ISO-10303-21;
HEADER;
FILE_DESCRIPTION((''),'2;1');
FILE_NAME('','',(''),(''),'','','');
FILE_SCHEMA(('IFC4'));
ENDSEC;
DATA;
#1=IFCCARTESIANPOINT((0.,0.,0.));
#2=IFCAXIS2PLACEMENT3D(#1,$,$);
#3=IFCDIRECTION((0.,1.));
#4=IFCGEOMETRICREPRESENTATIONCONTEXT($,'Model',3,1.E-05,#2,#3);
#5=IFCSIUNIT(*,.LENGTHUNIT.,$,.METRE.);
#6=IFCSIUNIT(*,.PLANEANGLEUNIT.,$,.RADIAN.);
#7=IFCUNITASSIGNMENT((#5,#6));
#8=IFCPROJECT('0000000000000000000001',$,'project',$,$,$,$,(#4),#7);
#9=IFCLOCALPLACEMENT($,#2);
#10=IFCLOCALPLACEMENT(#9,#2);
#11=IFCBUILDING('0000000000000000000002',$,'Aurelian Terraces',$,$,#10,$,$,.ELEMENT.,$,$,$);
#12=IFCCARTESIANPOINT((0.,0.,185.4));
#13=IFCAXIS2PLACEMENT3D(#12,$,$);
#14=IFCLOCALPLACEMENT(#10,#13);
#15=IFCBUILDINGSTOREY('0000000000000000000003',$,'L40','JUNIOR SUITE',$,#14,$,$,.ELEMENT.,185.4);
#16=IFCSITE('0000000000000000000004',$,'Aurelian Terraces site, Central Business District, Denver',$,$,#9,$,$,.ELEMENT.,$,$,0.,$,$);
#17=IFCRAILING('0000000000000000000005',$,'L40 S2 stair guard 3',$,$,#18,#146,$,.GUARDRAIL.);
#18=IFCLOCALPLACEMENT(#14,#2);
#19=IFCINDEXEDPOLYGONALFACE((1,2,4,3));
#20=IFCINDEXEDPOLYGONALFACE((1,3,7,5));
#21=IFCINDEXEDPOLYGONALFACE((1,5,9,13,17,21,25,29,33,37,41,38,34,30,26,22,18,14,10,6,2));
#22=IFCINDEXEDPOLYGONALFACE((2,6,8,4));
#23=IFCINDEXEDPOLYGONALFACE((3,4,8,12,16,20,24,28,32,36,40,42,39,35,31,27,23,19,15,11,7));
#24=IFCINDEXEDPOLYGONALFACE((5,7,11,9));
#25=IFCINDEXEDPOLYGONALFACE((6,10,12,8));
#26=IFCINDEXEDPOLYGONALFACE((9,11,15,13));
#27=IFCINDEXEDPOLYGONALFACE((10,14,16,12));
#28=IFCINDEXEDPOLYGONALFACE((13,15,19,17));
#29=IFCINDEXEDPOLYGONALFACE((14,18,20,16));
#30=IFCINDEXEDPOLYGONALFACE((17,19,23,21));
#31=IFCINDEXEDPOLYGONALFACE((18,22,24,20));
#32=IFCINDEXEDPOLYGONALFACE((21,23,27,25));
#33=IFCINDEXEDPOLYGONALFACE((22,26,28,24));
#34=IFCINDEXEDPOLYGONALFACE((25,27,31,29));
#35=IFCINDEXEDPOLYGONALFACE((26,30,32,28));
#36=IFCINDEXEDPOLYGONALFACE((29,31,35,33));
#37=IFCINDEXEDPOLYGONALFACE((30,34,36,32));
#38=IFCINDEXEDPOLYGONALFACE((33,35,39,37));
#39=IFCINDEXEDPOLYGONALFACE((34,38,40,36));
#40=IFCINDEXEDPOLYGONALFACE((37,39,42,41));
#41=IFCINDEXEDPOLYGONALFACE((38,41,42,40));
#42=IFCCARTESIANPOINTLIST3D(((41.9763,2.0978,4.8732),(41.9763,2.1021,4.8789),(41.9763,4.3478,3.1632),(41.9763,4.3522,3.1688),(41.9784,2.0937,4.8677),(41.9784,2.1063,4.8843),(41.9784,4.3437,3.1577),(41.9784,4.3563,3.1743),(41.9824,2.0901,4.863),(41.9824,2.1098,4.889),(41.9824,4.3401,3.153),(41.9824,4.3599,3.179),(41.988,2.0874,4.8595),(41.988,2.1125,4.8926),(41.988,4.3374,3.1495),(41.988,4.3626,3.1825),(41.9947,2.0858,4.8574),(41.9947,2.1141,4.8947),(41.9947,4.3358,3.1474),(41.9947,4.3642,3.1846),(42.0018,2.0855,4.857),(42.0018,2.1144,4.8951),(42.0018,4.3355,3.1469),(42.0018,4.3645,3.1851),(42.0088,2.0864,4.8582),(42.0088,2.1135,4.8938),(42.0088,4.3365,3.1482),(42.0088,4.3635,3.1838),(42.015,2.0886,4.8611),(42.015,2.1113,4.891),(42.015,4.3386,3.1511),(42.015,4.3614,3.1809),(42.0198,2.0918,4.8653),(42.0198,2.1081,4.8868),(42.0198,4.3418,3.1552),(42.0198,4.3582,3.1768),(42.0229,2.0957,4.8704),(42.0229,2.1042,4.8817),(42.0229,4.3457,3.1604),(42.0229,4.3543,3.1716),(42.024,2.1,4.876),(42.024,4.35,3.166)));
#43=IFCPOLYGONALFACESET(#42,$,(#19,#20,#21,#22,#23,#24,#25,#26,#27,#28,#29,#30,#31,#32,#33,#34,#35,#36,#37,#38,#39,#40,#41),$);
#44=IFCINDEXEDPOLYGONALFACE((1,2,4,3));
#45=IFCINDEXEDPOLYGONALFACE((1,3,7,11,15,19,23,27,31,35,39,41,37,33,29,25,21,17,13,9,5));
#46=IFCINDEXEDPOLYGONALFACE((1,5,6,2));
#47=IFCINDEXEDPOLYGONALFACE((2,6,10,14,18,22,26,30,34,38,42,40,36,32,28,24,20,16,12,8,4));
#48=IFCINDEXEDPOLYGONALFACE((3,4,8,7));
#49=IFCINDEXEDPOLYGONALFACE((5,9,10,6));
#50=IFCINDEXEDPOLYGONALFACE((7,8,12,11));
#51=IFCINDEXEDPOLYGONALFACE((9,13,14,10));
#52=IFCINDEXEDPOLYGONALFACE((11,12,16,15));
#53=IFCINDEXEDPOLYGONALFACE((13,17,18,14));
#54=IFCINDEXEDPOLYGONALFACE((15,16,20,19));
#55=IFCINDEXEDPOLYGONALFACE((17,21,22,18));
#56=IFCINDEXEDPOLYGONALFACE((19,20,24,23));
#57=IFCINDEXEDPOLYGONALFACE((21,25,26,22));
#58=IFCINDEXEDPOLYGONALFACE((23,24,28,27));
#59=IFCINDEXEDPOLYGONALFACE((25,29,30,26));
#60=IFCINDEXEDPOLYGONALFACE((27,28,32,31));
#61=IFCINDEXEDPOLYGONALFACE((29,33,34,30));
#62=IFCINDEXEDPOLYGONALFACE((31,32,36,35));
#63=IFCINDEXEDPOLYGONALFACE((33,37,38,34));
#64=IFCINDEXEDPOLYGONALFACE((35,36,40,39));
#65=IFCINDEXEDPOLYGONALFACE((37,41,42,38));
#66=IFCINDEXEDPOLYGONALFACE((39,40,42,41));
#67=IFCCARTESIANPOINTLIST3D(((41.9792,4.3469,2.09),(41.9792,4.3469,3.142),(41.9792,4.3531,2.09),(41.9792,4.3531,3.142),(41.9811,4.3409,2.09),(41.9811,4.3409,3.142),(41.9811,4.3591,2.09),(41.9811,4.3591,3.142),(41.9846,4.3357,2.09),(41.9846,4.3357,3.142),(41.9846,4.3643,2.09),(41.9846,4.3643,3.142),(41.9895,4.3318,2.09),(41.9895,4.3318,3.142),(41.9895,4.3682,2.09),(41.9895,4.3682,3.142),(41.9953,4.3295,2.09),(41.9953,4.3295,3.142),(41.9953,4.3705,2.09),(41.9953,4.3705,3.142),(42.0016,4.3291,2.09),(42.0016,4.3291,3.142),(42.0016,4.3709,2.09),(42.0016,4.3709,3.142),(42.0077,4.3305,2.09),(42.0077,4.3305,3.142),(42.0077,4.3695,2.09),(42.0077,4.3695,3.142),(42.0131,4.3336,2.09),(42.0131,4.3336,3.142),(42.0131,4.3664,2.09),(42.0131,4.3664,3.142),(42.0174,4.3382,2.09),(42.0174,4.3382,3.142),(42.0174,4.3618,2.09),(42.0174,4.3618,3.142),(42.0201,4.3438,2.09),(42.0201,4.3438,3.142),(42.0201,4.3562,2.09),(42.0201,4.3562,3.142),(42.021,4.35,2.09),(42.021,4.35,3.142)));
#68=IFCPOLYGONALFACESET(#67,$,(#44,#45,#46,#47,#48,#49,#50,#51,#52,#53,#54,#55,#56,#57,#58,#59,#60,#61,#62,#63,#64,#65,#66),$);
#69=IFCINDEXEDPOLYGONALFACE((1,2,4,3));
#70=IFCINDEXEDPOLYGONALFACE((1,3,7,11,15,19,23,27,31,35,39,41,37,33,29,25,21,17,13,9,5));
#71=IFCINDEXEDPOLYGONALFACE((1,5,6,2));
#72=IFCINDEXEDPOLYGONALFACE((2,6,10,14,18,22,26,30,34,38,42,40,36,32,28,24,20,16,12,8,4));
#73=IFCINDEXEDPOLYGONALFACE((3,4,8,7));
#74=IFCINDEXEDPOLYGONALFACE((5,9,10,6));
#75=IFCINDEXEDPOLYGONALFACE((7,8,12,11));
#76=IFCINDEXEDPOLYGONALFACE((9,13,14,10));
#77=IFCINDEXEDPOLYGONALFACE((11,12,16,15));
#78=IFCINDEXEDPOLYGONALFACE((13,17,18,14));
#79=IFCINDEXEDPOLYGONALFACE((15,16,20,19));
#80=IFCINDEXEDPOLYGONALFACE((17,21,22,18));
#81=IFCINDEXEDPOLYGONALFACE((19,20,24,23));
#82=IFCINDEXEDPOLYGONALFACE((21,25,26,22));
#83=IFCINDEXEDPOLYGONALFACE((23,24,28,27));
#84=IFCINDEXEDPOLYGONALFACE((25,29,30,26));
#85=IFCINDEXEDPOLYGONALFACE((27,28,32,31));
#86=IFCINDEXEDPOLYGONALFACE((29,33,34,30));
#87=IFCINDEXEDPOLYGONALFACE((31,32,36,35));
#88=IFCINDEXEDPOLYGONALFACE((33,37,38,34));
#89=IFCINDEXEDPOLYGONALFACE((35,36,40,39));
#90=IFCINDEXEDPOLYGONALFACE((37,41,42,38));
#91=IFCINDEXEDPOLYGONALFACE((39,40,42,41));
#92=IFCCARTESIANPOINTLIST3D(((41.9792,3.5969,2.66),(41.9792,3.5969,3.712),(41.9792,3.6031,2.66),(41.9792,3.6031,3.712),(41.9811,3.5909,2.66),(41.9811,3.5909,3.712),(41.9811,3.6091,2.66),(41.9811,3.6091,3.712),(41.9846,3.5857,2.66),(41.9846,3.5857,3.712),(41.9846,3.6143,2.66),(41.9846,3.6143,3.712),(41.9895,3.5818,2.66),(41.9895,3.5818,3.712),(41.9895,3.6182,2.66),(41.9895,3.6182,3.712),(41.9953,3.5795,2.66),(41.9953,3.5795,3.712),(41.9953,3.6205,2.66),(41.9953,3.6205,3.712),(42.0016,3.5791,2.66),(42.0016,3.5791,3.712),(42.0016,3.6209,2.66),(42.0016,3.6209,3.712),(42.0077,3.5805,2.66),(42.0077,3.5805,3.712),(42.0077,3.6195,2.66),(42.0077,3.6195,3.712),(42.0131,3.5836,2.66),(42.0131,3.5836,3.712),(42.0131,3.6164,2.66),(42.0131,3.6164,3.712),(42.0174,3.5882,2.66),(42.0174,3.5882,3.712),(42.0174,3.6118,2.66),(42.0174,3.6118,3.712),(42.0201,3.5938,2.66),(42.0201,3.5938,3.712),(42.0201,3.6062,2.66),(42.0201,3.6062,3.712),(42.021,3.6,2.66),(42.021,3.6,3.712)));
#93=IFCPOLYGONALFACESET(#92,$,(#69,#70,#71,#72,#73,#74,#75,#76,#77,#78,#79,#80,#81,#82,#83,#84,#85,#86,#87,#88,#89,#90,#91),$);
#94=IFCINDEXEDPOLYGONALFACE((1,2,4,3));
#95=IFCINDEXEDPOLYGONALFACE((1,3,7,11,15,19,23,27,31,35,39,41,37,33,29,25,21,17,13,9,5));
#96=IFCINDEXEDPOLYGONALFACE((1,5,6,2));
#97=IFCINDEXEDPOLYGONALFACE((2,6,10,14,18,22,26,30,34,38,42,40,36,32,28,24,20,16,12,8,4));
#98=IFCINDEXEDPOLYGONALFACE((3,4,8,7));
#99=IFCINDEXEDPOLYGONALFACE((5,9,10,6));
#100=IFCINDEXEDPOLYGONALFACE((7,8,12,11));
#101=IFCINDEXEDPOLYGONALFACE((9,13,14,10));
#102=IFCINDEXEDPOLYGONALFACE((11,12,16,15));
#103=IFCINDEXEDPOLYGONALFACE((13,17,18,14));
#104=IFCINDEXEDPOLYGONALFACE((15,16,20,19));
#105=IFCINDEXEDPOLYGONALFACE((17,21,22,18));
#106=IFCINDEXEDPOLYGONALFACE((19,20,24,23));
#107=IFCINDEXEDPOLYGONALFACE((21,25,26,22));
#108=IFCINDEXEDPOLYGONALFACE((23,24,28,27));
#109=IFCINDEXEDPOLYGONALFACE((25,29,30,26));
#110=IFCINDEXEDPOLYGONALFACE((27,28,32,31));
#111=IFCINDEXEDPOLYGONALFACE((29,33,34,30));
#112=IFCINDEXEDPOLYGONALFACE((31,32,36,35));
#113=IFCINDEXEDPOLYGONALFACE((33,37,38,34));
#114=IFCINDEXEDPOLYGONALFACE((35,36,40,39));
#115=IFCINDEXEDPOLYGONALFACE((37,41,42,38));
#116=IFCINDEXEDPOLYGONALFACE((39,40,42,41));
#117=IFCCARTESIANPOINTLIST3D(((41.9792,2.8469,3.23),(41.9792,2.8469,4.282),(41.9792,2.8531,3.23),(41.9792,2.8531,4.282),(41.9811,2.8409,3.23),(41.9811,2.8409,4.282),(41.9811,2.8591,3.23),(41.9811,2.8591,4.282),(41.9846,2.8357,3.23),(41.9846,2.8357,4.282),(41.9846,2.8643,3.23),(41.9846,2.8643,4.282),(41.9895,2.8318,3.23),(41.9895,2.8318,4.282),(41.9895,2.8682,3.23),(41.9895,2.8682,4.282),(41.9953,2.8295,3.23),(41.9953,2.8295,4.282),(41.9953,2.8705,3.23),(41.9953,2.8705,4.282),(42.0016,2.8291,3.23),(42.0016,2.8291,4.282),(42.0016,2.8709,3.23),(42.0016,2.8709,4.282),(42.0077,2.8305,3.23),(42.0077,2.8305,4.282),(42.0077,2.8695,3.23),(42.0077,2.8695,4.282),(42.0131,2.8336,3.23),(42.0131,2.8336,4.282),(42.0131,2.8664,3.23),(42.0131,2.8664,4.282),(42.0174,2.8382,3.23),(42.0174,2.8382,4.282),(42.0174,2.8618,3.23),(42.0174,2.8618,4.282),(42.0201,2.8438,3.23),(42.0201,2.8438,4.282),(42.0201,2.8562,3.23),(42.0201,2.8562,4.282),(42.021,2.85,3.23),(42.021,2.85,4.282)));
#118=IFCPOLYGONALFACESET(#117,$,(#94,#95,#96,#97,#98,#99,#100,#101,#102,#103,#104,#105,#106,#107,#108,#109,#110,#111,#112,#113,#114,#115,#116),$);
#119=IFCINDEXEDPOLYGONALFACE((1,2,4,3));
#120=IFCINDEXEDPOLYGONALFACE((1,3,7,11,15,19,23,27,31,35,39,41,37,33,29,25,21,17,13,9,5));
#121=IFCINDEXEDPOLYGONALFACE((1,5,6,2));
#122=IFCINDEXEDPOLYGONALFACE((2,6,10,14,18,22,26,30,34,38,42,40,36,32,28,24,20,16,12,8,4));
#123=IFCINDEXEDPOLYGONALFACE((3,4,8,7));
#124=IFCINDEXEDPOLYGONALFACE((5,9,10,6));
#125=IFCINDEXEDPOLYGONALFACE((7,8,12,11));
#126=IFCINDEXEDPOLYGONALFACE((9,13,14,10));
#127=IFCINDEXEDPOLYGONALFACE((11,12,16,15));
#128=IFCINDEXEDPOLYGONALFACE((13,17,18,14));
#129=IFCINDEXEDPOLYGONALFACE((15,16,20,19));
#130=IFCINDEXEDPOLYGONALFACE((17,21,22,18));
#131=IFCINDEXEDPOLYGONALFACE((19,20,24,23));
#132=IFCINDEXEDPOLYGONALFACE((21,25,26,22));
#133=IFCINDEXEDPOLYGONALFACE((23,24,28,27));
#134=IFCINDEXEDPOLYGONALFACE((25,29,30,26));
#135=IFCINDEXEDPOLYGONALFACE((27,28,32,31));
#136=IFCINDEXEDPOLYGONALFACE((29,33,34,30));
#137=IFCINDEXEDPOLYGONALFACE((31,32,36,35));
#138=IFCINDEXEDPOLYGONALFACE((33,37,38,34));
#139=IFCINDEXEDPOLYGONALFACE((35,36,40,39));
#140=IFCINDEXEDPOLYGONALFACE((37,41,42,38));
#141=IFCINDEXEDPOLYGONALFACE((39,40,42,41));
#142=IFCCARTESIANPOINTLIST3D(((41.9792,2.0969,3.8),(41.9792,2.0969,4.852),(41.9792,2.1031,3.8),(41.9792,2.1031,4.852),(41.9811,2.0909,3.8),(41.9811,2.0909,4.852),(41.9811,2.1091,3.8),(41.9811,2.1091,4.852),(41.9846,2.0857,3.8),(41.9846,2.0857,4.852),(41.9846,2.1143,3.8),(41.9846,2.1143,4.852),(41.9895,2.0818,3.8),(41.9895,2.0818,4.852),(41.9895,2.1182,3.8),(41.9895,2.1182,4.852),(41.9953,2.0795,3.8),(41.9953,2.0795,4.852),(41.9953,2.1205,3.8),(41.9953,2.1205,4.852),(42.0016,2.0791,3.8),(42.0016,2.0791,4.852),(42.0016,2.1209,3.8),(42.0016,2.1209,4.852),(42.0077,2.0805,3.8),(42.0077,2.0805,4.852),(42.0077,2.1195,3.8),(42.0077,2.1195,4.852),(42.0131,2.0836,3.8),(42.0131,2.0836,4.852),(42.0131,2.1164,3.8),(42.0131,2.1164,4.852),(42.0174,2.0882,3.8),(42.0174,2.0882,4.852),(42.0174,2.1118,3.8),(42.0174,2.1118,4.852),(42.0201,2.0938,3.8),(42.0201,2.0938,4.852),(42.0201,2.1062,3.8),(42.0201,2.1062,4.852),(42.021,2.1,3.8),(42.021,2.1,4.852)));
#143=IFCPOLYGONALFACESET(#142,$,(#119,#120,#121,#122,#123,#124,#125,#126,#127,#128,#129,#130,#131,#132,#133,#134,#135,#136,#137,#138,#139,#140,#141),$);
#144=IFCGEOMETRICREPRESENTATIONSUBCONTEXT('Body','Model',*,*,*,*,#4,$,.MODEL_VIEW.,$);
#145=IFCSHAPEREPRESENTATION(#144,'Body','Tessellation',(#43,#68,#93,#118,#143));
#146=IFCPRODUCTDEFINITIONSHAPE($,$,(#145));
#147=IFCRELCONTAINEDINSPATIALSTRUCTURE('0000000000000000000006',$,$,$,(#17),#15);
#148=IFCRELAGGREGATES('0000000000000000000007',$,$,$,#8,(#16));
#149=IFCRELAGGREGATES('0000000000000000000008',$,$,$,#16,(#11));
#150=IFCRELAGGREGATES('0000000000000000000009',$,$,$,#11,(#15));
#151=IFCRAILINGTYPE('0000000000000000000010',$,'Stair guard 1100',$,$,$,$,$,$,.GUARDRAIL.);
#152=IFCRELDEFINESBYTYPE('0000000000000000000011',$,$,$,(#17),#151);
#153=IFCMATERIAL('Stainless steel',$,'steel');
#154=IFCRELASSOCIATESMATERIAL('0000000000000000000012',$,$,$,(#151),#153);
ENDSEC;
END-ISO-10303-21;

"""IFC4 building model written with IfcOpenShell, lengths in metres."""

from ifc_helpers import new_model, si_unit, direction, frame, origin, origin_2d, place, context, subcontext, project, spatial, circle, extrude, source, transform, mapped, material, type_object, element, save


model = new_model("IFC4")

# Units and contexts
model_context = context("Model", 3, precision=1e-05, world=origin(), true_north=direction((0.0, 1.0)))
body_context = subcontext(model_context, "Body", "Model", "MODEL_VIEW")
ifc_project = project(units=[si_unit("LENGTHUNIT", "METRE"), si_unit("PLANEANGLEUNIT", "RADIAN")], contexts=[model_context])

# Site, building, storey
site_placement = place(None, origin())
site = spatial("IfcSite", under=ifc_project, at=site_placement, Name="Aurelian Terraces site, Central Business District, Denver", CompositionType="ELEMENT", RefElevation=0.0)
building_placement = place(site_placement, origin())
building = spatial("IfcBuilding", under=site, at=building_placement, Name="Aurelian Terraces", CompositionType="ELEMENT")
storey_placement = place(building_placement, frame((0.0, 0.0, 185.4)))
storey = spatial("IfcBuildingStorey", under=building, at=storey_placement, Name="L40", Description="JUNIOR SUITE", CompositionType="ELEMENT", Elevation=185.4)

# Railing
ifc_material_1 = material(Name="Stainless steel", Category="steel")
railing_type_1 = type_object("IfcRailingType", Name="Stair guard 1100", PredefinedType="GUARDRAIL", material=ifc_material_1)
shared_shape_1 = source(origin(), body_context, "Body", "SweptSolid", [
    extrude(circle(Radius=0.024, at=origin_2d()), frame((0.0, 0.0, 1.076), z_axis=(0.0, -0.796162, 0.605083), x_axis=(1.0, 0.0, 0.0)), (0.0, 0.0, 1.0), 2.8261),
    extrude(circle(Radius=0.021, at=origin_2d()), origin(), (0.0, 0.0, 1.0), 1.052),
    extrude(circle(Radius=0.021, at=origin_2d()), frame((0.0, -0.75, 0.57)), (0.0, 0.0, 1.0), 1.052),
    extrude(circle(Radius=0.021, at=origin_2d()), frame((0.0, -1.5, 1.14)), (0.0, 0.0, 1.0), 1.052),
    extrude(circle(Radius=0.021, at=origin_2d()), frame((0.0, -2.25, 1.71)), (0.0, 0.0, 1.0), 1.052),
])
railing_1_placement = place(storey_placement, frame((42.0, 4.35, 2.09)))
element("IfcRailing", 1, at=railing_1_placement, inside=storey, type_object=railing_type_1, Name="L40 S2 stair guard 3", PredefinedType="GUARDRAIL", context=body_context, shape_type="MappedRepresentation", body=[
    mapped(shared_shape_1, transform((0.0, 0.0, 0.0), scale=1.0)),
])

save(model, "model.ifc")
